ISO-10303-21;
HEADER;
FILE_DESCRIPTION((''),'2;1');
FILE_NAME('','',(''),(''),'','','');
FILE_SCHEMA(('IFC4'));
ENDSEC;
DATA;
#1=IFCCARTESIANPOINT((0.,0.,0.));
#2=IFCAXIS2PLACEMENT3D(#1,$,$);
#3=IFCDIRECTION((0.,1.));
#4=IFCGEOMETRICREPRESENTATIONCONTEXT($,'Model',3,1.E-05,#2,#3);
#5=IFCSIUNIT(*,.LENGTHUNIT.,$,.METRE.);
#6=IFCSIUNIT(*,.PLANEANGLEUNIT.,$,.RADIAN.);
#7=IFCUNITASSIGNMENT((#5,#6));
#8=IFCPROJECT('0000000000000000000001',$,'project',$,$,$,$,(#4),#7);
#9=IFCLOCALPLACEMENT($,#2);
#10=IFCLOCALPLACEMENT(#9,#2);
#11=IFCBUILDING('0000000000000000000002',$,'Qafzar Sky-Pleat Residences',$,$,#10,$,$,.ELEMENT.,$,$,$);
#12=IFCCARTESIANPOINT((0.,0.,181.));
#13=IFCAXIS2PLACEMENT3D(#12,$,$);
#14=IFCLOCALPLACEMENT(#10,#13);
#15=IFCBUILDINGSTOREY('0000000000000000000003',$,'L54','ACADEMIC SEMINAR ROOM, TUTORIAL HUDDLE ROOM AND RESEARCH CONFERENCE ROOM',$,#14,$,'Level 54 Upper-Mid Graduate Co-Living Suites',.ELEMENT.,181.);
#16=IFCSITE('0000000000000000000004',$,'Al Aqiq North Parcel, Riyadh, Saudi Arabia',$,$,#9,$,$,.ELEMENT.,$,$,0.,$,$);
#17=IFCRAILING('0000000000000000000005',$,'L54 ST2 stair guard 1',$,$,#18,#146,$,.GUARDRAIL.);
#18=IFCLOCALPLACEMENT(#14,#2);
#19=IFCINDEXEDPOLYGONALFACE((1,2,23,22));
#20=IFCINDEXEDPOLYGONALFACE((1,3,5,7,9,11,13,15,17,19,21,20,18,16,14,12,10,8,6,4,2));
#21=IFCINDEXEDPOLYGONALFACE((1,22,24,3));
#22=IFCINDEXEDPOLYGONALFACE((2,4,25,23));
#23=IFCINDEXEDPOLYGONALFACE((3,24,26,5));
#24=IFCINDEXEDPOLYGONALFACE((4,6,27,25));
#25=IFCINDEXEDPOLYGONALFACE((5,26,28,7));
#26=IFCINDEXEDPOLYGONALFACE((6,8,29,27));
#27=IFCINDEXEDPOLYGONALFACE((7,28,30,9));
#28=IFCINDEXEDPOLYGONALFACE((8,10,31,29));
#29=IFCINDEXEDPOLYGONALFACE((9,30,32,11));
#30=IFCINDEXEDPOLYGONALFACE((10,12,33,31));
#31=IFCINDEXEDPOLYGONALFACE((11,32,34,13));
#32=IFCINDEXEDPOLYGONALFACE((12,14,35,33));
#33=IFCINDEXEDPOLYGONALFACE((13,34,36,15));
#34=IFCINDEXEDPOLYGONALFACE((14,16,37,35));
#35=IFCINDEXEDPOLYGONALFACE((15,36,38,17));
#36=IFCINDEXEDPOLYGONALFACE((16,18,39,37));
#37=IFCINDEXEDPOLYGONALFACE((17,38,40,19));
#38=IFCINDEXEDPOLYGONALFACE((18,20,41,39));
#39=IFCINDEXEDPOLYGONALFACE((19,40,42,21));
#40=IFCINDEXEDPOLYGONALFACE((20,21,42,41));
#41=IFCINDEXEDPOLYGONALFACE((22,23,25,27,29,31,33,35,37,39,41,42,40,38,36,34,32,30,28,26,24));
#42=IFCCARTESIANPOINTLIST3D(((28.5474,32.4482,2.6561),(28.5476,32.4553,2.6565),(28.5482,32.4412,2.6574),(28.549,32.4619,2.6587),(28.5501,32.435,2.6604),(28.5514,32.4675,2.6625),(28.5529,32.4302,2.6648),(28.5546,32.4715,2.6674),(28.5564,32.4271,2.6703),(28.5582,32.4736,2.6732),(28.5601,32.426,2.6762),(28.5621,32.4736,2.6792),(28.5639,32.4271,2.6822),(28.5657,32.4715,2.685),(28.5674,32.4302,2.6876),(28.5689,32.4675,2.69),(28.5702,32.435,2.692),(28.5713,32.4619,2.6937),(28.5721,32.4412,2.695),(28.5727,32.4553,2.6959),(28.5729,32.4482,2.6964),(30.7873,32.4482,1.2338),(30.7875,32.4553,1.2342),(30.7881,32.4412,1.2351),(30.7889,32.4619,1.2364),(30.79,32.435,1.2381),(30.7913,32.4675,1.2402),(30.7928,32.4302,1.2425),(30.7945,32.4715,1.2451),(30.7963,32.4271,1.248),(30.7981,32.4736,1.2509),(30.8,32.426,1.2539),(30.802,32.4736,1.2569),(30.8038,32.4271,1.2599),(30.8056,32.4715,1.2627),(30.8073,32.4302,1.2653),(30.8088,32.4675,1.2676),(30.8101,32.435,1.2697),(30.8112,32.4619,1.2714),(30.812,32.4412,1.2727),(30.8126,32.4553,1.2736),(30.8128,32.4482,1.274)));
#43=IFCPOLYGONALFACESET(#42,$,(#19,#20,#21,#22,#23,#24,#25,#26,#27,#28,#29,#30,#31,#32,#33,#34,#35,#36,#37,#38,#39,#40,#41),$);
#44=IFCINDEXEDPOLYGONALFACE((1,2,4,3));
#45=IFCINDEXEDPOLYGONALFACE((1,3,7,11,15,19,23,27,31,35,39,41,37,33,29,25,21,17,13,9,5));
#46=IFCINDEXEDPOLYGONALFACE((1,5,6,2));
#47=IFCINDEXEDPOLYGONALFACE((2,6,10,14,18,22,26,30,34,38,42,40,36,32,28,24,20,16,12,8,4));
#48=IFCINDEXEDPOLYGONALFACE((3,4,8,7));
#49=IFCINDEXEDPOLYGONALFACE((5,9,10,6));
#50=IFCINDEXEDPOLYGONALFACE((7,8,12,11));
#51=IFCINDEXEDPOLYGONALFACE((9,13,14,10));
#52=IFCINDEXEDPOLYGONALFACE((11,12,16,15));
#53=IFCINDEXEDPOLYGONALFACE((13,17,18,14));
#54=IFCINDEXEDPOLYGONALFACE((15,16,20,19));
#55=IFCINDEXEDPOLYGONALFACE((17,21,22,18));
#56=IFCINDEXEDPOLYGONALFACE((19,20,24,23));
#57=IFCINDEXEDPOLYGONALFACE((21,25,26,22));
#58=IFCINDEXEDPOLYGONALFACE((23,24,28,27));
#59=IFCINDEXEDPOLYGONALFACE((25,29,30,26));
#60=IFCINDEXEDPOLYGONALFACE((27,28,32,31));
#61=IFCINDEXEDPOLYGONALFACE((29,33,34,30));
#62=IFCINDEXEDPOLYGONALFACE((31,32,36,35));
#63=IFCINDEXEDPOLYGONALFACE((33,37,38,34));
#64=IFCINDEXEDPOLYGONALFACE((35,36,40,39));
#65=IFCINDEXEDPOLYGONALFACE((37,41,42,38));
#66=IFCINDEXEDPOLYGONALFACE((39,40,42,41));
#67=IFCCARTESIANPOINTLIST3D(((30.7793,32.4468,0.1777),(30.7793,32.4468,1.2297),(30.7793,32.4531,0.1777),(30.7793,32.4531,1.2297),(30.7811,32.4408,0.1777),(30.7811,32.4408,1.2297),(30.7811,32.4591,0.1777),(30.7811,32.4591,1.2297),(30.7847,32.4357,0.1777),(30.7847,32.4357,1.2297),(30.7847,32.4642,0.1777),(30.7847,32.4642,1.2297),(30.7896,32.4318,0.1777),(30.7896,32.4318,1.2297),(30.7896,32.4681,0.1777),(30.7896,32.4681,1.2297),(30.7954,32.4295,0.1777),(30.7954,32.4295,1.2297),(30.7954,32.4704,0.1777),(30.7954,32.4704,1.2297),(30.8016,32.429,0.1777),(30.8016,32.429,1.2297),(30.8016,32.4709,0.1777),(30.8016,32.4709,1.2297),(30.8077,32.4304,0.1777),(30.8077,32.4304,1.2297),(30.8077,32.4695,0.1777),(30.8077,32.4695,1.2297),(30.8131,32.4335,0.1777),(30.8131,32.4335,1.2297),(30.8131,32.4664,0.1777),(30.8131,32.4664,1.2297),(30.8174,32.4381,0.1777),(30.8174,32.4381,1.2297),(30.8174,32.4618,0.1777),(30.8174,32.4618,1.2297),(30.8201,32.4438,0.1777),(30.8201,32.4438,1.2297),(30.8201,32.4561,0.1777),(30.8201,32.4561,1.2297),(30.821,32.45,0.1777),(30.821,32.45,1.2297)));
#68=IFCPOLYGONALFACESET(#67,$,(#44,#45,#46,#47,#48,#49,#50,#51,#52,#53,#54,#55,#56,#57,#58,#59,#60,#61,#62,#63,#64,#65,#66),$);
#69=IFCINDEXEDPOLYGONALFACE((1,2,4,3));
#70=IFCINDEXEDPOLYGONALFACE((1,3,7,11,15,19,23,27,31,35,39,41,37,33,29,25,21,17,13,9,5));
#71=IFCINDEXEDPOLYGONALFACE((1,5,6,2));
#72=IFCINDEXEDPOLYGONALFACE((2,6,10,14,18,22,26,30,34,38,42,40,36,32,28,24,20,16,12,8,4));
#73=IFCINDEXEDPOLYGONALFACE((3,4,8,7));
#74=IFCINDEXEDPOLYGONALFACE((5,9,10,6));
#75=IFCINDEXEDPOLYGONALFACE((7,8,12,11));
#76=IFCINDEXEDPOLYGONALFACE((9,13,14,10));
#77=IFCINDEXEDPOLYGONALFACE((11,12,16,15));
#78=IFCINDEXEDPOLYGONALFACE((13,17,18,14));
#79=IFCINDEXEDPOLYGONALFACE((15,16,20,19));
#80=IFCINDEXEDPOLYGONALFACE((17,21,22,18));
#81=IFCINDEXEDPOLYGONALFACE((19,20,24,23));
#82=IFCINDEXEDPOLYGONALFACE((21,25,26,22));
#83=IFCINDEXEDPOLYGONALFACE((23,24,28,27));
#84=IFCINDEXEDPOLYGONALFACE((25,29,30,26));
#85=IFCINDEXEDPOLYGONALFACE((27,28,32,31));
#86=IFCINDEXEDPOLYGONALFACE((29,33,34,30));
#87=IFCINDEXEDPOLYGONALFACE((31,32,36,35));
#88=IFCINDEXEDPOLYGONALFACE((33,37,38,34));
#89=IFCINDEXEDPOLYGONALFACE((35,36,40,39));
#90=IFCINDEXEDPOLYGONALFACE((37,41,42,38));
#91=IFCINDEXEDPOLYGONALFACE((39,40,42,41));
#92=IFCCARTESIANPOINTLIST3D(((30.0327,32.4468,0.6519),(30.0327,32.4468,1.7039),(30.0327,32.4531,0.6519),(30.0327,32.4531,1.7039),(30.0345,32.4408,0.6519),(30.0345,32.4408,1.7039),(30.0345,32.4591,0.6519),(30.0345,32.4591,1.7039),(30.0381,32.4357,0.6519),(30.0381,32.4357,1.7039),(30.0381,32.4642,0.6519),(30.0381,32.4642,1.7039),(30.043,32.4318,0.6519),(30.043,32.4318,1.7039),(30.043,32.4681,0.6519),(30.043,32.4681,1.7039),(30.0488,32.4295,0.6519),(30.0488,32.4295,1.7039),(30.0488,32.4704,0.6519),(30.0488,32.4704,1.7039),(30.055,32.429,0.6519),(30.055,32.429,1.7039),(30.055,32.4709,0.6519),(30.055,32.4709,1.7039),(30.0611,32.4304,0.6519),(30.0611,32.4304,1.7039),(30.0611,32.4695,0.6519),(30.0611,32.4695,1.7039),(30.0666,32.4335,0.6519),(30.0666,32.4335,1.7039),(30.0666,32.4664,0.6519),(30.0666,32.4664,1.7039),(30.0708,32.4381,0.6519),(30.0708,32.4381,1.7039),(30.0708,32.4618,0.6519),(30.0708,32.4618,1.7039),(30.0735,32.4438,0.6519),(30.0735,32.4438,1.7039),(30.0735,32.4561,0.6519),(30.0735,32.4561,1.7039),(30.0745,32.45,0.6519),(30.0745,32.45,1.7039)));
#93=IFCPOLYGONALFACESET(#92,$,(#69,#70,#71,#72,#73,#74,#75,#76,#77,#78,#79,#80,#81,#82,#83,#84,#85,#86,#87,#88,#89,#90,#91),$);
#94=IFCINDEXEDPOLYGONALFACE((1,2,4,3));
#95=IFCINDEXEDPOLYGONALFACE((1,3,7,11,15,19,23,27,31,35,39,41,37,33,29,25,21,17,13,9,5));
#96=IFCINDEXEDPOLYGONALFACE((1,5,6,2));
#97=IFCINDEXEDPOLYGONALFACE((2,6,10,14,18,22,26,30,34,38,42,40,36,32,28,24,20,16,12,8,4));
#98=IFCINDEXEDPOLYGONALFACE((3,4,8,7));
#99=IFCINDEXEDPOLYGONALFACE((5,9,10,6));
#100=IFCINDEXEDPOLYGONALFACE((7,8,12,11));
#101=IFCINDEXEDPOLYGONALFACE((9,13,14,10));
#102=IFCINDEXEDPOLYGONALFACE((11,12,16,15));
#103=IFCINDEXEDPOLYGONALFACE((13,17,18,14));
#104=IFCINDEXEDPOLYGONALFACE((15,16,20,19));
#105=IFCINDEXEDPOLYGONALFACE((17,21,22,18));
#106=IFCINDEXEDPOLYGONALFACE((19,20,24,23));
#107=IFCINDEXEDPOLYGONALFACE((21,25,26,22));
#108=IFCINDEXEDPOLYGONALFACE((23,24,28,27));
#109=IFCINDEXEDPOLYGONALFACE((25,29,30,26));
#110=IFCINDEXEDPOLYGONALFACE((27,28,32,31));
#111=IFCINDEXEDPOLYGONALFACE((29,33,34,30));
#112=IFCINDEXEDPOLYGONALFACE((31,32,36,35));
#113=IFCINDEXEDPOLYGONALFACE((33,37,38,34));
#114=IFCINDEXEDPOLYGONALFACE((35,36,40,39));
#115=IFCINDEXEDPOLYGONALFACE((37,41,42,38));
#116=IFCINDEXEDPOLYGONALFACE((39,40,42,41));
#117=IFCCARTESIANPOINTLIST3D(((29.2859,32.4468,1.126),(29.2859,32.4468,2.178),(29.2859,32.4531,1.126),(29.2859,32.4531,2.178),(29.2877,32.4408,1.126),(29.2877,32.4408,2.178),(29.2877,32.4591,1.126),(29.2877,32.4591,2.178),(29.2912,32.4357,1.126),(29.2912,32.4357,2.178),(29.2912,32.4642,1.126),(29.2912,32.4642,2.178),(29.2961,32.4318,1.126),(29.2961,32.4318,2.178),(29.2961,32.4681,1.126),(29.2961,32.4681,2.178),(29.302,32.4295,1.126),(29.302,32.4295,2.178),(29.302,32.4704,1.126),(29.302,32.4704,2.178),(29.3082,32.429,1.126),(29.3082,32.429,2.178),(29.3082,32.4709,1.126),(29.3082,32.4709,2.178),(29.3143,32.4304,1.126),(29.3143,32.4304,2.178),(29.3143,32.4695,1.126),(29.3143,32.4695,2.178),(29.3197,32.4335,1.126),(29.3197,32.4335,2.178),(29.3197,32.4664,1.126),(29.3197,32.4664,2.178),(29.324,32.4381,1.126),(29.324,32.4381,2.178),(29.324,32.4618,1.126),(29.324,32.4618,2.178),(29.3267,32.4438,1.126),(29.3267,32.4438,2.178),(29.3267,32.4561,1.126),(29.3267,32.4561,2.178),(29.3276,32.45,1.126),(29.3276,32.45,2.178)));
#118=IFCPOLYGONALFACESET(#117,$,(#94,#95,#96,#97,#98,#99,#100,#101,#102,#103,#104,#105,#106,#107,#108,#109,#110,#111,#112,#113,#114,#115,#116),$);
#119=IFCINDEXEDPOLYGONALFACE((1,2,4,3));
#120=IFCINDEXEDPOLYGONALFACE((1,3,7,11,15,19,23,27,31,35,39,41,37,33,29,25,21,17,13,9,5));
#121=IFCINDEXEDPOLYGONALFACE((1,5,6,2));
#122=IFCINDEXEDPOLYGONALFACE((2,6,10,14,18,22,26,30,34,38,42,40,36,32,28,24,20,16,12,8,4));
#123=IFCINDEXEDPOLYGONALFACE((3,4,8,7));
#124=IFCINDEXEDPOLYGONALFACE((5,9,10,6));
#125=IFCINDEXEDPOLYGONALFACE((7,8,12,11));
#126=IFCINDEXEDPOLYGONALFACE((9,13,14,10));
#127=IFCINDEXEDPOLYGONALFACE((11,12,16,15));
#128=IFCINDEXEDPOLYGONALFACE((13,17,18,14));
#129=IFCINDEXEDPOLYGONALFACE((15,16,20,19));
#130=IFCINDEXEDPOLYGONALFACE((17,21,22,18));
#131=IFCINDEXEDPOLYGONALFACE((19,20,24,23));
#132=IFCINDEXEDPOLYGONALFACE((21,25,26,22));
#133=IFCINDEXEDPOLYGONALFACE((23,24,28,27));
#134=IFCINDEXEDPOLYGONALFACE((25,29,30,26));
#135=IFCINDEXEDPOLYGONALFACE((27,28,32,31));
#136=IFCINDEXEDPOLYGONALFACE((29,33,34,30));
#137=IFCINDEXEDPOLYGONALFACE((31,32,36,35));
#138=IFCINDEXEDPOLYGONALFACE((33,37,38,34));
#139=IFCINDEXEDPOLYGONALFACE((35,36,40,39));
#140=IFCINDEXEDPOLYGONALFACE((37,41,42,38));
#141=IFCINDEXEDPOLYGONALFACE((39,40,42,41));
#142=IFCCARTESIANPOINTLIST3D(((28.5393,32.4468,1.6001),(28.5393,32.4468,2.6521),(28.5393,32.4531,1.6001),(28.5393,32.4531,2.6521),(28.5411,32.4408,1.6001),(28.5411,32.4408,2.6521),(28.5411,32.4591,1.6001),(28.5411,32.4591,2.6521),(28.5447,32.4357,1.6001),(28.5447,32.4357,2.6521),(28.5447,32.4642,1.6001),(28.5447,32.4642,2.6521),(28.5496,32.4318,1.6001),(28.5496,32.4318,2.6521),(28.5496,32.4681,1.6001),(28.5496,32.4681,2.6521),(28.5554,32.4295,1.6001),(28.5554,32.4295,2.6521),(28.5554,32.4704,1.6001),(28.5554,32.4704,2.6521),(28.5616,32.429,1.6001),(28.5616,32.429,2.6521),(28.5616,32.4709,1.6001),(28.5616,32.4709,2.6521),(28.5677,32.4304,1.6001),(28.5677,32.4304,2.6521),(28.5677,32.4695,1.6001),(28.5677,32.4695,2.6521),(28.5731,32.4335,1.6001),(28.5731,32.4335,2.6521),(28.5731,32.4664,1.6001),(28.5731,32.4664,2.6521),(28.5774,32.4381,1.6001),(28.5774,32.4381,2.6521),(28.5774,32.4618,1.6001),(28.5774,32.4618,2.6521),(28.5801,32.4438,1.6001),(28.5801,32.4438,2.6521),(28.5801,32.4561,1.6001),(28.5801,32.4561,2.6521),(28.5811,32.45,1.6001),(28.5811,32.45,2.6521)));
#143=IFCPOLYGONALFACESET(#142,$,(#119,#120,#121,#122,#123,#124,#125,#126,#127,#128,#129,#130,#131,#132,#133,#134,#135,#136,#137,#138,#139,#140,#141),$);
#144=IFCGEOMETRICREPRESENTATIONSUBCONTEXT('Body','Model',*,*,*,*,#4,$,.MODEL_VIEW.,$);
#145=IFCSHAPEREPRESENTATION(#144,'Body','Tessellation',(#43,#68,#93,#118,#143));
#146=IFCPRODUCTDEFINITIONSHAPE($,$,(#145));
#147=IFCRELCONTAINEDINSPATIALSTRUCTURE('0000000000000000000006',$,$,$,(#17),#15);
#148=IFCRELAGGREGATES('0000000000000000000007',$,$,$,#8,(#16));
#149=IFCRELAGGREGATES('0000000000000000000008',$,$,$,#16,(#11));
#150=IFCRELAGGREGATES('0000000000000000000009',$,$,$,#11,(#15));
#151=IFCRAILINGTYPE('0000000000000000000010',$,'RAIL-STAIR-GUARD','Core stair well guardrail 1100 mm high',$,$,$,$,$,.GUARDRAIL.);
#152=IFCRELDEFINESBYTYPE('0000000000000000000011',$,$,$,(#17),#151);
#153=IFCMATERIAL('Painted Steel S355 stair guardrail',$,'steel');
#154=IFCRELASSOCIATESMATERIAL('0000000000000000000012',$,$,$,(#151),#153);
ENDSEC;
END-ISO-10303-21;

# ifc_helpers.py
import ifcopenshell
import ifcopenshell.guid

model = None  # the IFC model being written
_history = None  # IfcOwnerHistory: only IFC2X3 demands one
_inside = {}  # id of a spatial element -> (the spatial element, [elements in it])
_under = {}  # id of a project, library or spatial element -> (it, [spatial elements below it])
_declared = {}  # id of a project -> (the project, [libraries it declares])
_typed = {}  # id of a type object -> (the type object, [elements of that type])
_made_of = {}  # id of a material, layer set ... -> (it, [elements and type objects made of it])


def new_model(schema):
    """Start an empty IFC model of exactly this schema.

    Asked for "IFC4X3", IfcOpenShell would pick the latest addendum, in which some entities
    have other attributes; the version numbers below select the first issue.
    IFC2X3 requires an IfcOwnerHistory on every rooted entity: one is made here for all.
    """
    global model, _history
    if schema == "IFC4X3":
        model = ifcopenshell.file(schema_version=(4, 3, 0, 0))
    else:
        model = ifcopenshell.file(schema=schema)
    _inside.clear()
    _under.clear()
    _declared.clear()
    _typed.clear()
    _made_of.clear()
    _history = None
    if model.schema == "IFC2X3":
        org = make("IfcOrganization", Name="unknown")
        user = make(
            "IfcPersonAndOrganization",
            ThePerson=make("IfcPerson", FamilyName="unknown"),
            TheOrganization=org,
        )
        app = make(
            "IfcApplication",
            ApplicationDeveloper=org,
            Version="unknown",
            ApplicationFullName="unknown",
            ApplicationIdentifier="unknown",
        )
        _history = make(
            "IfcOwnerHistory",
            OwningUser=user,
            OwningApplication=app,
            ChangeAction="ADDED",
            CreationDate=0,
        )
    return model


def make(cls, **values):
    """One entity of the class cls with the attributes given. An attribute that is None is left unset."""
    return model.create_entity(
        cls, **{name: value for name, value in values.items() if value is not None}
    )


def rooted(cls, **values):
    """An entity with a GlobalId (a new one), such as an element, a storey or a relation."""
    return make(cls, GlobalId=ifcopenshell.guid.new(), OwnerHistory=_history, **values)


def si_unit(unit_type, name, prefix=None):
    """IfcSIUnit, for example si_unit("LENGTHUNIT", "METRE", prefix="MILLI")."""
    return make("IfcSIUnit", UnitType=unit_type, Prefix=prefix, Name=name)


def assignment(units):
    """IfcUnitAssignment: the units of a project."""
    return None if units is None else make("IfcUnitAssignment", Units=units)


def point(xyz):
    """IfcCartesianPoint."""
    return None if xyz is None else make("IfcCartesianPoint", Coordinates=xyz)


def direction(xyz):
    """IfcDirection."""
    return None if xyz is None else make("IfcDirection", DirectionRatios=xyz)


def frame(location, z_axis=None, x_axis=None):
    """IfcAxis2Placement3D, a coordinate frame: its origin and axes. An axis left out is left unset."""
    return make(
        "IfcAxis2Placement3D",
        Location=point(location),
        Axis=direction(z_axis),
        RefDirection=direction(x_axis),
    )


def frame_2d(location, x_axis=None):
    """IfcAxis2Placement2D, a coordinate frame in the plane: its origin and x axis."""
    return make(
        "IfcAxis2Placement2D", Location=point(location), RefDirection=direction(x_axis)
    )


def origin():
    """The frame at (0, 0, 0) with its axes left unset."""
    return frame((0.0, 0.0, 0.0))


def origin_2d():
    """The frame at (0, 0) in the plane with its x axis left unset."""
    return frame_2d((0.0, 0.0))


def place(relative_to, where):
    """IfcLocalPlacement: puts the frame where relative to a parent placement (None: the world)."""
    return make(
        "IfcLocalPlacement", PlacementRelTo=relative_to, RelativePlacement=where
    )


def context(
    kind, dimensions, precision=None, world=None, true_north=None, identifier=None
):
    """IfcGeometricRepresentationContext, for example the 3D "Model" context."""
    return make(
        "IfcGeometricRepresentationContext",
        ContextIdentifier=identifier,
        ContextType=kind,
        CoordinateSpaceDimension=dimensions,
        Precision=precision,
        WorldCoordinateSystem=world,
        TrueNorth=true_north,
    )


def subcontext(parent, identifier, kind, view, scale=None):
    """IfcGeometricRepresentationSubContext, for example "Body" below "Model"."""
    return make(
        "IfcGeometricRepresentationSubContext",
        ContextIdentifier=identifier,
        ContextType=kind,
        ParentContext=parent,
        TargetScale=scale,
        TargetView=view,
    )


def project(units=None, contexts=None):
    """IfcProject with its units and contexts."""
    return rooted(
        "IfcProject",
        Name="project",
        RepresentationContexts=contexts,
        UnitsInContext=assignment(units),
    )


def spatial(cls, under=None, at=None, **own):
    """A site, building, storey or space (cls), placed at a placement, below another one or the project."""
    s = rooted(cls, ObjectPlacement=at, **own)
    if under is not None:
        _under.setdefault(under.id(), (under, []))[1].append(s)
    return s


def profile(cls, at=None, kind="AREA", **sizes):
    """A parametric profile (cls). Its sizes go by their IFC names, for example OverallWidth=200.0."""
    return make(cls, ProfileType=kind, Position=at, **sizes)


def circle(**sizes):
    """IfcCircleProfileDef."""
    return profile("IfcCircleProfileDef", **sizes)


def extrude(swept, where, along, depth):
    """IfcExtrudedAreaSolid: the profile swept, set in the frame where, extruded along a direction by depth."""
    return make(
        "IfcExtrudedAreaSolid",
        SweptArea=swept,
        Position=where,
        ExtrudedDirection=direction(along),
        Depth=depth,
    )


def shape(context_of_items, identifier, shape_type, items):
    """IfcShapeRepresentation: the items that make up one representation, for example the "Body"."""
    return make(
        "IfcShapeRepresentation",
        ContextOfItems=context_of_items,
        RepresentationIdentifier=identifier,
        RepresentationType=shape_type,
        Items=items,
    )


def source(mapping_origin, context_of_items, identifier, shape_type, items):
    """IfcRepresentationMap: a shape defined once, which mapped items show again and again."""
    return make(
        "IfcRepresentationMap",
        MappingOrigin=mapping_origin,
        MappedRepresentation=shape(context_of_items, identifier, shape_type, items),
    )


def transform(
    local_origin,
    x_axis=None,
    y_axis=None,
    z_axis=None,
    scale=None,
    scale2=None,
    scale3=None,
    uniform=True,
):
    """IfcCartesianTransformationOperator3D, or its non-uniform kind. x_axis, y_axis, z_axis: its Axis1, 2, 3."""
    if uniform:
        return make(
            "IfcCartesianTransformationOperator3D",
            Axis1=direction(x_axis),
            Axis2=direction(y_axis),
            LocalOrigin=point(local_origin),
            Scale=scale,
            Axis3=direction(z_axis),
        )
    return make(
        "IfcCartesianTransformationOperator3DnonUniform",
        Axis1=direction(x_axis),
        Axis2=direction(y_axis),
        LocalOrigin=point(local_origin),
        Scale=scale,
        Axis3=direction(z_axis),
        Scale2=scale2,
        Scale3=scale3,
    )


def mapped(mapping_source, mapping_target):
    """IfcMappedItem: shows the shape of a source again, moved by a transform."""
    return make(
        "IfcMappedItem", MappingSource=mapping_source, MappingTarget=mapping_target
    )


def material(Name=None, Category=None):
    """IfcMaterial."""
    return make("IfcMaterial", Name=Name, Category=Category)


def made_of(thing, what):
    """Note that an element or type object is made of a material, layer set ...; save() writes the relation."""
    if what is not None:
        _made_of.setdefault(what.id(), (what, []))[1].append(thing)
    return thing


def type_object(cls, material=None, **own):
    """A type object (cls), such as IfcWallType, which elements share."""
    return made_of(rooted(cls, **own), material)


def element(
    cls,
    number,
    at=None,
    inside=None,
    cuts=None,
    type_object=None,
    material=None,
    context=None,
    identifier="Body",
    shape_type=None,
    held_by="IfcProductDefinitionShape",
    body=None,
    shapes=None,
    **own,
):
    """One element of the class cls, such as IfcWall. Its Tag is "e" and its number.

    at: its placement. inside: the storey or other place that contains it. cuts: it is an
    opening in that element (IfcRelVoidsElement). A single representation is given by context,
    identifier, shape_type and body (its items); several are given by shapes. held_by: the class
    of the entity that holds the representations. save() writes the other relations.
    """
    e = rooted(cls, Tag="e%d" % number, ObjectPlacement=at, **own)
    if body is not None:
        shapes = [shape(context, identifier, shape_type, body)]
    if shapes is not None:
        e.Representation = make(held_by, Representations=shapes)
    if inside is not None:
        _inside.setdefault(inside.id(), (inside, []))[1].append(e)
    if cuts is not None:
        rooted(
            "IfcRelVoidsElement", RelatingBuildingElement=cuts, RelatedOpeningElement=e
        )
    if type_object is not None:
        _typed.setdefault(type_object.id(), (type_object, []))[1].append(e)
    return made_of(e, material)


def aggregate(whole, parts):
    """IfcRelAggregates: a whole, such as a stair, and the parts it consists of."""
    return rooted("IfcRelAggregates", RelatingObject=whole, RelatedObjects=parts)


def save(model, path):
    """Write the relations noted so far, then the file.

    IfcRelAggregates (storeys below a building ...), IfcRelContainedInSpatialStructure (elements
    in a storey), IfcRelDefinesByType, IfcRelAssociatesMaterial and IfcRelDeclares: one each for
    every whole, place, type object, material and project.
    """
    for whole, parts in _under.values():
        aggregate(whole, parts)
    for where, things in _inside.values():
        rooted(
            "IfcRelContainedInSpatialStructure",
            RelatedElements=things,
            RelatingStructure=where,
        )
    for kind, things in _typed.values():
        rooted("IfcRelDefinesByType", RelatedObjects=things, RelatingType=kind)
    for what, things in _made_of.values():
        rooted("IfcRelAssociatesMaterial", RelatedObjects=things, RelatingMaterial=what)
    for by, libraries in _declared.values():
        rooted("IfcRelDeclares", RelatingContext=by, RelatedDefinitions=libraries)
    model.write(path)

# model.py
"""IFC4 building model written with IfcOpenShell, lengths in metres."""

from ifc_helpers import new_model, si_unit, direction, frame, origin, origin_2d, place, context, subcontext, project, spatial, circle, extrude, source, transform, mapped, material, type_object, element, save


model = new_model("IFC4")

# Units and contexts
model_context = context("Model", 3, precision=1e-05, world=origin(), true_north=direction((0.0, 1.0)))
body_context = subcontext(model_context, "Body", "Model", "MODEL_VIEW")
ifc_project = project(units=[si_unit("LENGTHUNIT", "METRE"), si_unit("PLANEANGLEUNIT", "RADIAN")], contexts=[model_context])

# Site, building, storey
site_placement = place(None, origin())
site = spatial("IfcSite", under=ifc_project, at=site_placement, Name="Al Aqiq North Parcel, Riyadh, Saudi Arabia", CompositionType="ELEMENT", RefElevation=0.0)
building_placement = place(site_placement, origin())
building = spatial("IfcBuilding", under=site, at=building_placement, Name="Qafzar Sky-Pleat Residences", CompositionType="ELEMENT")
storey_placement = place(building_placement, frame((0.0, 0.0, 181.0)))
storey = spatial("IfcBuildingStorey", under=building, at=storey_placement, Name="L54", Description="ACADEMIC SEMINAR ROOM, TUTORIAL HUDDLE ROOM AND RESEARCH CONFERENCE ROOM", LongName="Level 54 Upper-Mid Graduate Co-Living Suites", CompositionType="ELEMENT", Elevation=181.0)

# Railing
ifc_material_1 = material(Name="Painted Steel S355 stair guardrail", Category="steel")
railing_type_1 = type_object("IfcRailingType", Name="RAIL-STAIR-GUARD", Description="Core stair well guardrail 1100 mm high", PredefinedType="GUARDRAIL", material=ifc_material_1)
shared_shape_1 = source(origin(), body_context, "Body", "SweptSolid", [
    extrude(circle(Radius=0.0239, at=origin_2d()), frame((0.0, 0.0, 1.0762), z_axis=(-0.844188, 0.0, 0.536048), x_axis=(0.0, -1.0, 0.0)), (0.0, 0.0, 1.0), 2.6533),
    extrude(circle(Radius=0.021, at=origin_2d()), origin(), (0.0, 0.0, 1.0), 1.052),
    extrude(circle(Radius=0.021, at=origin_2d()), frame((-0.7466, 0.0, 0.4741)), (0.0, 0.0, 1.0), 1.052),
    extrude(circle(Radius=0.021, at=origin_2d()), frame((-1.4934, 0.0, 0.9482)), (0.0, 0.0, 1.0), 1.052),
    extrude(circle(Radius=0.021, at=origin_2d()), frame((-2.24, 0.0, 1.4224)), (0.0, 0.0, 1.0), 1.052),
])
railing_1_placement = place(storey_placement, frame((30.8, 32.45, 0.1777)))
element("IfcRailing", 1, at=railing_1_placement, inside=storey, type_object=railing_type_1, Name="L54 ST2 stair guard 1", PredefinedType="GUARDRAIL", context=body_context, shape_type="MappedRepresentation", body=[
    mapped(shared_shape_1, transform((0.0, 0.0, 0.0), x_axis=(1.0, 0.0, 0.0), y_axis=(0.0, 1.0, 0.0), z_axis=(0.0, 0.0, 1.0), scale=1.0)),
])

save(model, "model.ifc")
